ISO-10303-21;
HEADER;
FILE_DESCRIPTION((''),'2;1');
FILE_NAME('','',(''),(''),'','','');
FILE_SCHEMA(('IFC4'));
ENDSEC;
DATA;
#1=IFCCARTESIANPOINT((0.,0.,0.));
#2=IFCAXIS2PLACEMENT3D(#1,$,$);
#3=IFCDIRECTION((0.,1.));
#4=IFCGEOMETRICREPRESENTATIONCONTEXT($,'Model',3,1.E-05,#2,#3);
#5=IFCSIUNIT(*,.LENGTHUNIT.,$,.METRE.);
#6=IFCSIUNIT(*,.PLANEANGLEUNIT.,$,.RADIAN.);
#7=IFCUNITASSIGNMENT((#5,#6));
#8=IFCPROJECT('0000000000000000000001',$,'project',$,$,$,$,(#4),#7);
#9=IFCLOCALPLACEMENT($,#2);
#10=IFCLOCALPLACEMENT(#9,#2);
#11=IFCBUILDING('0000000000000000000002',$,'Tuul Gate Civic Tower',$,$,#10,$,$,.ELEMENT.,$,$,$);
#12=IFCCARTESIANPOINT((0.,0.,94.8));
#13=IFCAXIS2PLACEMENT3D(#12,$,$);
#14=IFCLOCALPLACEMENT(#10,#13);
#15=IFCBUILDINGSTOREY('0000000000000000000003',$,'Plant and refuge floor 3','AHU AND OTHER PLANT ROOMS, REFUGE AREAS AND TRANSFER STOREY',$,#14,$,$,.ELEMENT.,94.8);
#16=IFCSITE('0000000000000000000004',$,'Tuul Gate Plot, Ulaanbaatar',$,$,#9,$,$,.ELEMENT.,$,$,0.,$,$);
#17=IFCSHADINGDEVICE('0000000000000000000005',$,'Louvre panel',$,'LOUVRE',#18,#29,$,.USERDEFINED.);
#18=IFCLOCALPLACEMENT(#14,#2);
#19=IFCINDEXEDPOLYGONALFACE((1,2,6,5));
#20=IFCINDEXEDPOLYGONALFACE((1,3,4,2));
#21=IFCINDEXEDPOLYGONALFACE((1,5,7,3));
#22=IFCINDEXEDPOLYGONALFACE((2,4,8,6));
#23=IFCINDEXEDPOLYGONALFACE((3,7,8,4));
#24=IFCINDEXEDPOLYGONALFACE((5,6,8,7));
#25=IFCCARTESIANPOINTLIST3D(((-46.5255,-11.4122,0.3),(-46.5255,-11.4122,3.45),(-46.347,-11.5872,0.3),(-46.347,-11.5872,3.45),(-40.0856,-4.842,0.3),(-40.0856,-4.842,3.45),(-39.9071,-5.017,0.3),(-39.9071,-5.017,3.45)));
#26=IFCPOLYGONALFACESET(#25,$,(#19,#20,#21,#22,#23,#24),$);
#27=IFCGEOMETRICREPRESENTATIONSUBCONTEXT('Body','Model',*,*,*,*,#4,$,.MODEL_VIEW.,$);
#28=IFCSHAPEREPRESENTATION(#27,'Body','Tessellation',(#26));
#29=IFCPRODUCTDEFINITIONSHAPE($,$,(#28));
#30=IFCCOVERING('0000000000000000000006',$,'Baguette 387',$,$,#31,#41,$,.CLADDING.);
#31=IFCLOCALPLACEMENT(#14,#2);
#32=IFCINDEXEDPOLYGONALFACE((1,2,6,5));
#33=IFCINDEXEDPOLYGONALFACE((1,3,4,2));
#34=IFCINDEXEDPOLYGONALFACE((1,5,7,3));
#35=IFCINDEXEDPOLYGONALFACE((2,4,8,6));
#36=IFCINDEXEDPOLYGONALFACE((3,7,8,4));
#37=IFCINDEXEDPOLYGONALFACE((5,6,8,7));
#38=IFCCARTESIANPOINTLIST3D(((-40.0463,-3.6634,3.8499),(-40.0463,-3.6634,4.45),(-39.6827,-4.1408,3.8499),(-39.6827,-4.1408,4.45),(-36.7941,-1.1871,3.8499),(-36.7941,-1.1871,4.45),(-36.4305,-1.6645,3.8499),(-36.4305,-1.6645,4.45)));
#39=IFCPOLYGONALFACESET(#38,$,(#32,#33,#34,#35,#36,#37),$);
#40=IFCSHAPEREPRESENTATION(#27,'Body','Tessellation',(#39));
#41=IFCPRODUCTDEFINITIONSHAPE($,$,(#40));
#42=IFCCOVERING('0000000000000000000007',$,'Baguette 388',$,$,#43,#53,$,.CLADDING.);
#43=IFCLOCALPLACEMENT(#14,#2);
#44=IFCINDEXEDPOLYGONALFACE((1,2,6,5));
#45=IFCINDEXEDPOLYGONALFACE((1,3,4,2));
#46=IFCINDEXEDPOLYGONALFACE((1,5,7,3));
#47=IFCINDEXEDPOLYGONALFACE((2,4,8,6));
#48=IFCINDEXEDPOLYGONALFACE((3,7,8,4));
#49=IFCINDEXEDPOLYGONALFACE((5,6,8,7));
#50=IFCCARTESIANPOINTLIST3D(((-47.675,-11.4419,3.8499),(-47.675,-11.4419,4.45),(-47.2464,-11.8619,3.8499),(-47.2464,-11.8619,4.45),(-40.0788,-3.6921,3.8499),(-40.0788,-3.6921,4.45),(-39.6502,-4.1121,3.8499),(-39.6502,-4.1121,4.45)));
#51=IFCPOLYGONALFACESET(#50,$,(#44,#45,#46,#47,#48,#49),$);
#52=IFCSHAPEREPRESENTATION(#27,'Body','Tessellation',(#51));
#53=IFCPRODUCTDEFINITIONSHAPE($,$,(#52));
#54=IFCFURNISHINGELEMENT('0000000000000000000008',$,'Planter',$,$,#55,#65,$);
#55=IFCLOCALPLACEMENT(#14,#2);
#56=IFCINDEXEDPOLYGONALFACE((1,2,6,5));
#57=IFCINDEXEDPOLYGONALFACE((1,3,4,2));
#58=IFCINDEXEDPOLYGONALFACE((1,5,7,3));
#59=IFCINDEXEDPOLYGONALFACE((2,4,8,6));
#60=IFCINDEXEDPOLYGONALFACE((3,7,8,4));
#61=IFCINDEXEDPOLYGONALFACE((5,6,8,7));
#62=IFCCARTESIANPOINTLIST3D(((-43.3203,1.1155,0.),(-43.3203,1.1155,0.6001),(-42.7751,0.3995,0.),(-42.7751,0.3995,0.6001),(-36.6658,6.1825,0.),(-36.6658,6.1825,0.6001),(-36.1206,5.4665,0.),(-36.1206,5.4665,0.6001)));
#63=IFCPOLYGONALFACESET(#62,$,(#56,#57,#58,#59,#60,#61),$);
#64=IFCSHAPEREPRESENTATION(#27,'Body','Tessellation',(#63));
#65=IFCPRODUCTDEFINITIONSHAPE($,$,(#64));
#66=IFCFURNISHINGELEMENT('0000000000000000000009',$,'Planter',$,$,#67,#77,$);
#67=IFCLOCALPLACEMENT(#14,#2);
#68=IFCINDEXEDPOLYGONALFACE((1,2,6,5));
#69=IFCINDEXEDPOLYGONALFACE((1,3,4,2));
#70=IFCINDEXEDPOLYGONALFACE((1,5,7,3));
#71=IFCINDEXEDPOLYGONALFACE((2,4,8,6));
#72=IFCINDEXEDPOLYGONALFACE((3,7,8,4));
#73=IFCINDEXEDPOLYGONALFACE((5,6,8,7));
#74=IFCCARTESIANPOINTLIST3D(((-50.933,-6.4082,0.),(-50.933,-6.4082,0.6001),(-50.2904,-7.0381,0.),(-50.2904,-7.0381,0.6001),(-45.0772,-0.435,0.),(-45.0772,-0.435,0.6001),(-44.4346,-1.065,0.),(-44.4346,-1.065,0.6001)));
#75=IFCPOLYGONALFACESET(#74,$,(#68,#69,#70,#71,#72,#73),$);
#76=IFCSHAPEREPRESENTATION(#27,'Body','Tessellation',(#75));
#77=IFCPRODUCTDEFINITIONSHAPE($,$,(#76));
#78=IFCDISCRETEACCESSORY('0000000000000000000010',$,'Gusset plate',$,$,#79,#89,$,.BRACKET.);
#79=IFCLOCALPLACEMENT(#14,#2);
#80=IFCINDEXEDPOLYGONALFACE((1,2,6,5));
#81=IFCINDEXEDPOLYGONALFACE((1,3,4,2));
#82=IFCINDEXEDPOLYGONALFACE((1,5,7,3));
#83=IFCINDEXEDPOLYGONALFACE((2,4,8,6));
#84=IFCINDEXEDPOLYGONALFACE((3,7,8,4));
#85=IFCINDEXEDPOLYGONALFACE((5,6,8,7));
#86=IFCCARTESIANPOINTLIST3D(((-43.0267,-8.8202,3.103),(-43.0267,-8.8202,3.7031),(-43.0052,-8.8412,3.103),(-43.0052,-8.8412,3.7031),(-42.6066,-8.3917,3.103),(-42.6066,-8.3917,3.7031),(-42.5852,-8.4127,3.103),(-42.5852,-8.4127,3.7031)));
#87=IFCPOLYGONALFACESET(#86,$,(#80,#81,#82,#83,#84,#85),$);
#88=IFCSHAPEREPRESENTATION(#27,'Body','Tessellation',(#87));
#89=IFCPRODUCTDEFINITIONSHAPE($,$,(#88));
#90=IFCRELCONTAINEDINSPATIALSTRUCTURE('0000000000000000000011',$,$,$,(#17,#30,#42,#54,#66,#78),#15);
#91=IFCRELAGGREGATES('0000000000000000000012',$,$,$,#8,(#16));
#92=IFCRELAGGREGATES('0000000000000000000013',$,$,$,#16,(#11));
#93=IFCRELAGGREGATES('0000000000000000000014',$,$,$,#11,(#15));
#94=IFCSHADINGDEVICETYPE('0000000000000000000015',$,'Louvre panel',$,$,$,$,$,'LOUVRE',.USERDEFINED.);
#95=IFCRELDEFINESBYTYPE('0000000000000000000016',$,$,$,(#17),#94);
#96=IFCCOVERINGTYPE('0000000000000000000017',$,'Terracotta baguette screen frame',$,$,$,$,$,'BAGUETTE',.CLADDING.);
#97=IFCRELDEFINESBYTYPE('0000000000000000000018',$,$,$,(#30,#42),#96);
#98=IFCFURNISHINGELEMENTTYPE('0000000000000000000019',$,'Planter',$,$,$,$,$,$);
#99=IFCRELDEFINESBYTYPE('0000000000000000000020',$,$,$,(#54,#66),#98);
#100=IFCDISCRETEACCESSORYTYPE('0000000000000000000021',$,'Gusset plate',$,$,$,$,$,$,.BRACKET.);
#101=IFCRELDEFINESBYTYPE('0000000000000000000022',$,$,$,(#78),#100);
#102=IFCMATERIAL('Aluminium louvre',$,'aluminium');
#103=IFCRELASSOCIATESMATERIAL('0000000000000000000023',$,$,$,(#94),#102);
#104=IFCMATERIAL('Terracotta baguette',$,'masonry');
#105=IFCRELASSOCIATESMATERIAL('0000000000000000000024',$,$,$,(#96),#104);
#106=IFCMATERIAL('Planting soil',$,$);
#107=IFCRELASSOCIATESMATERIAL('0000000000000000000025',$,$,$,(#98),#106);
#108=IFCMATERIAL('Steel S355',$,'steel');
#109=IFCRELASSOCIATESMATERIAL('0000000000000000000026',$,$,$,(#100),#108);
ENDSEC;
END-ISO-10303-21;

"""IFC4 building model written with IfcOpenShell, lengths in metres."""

from ifc_helpers import new_model, si_unit, direction, frame, origin, origin_2d, place, context, subcontext, project, spatial, rectangle, extrude, material, material_profile, profile_set, type_object, element, save


model = new_model("IFC4")

# Units and contexts
model_context = context("Model", 3, precision=1e-05, world=origin(), true_north=direction((0.0, 1.0)))
body_context = subcontext(model_context, "Body", "Model", "MODEL_VIEW")
ifc_project = project(units=[si_unit("LENGTHUNIT", "METRE"), si_unit("PLANEANGLEUNIT", "RADIAN")], contexts=[model_context])

# Site, building, storey
site_placement = place(None, origin())
site = spatial("IfcSite", under=ifc_project, at=site_placement, Name="Tuul Gate Plot, Ulaanbaatar", CompositionType="ELEMENT", RefElevation=0.0)
building_placement = place(site_placement, origin())
building = spatial("IfcBuilding", under=site, at=building_placement, Name="Tuul Gate Civic Tower", CompositionType="ELEMENT")
storey_placement = place(building_placement, frame((0.0, 0.0, 94.8)))
storey = spatial("IfcBuildingStorey", under=building, at=storey_placement, Name="Plant and refuge floor 3", Description="AHU AND OTHER PLANT ROOMS, REFUGE AREAS AND TRANSFER STOREY", CompositionType="ELEMENT", Elevation=94.8)

# Shading device
ifc_material_1 = material(Name="Aluminium louvre", Category="aluminium")
shading_device_type = type_object("IfcShadingDeviceType", Name="Louvre panel", ElementType="LOUVRE", PredefinedType="USERDEFINED", material=ifc_material_1)
shading_device_placement = place(storey_placement, frame((-43.2163, -8.2146, 0.3), z_axis=(0.0, 0.0, 1.0), x_axis=(-0.714146, 0.699997, 0.0)))
element("IfcShadingDevice", 1, at=shading_device_placement, inside=storey, type_object=shading_device_type, Name="Louvre panel", ObjectType="LOUVRE", PredefinedType="USERDEFINED", context=body_context, shape_type="SweptSolid", body=[
    extrude(rectangle(XDim=0.25, YDim=9.2, at=origin_2d()), origin(), (0.0, 0.0, 1.0), 3.1499),
])

# Coverings
ifc_material_2 = material(Name="Terracotta baguette", Category="masonry")
ifc_material_profile_1 = material_profile(ifc_material_2, rectangle(XDim=0.6001, YDim=0.6001, at=origin_2d()), Name="Terracotta baguette screen frame")
ifc_profile_set_1 = profile_set([ifc_material_profile_1], Name="Terracotta baguette")
covering_type = type_object("IfcCoveringType", Name="Terracotta baguette screen frame", ElementType="BAGUETTE", PredefinedType="CLADDING", material=ifc_profile_set_1)
covering_1_placement = place(storey_placement, frame((-36.6123, -1.4258, 4.1499), z_axis=(-0.795614, -0.605804, 0.0), x_axis=(0.605804, -0.795614, 0.0)))
element("IfcCovering", 2, at=covering_1_placement, inside=storey, type_object=covering_type, Name="Baguette 387", PredefinedType="CLADDING", context=body_context, shape_type="SweptSolid", body=[
    extrude(rectangle(XDim=0.6001, YDim=0.6001, at=origin_2d()), origin(), (0.0, 0.0, 1.0), 4.0876),
])
covering_2_placement = place(storey_placement, frame((-39.8645, -3.9021, 4.1499), z_axis=(-0.699996, -0.714147, 0.0), x_axis=(0.714147, -0.699996, 0.0)))
element("IfcCovering", 3, at=covering_2_placement, inside=storey, type_object=covering_type, Name="Baguette 388", PredefinedType="CLADDING", context=body_context, shape_type="SweptSolid", body=[
    extrude(rectangle(XDim=0.6001, YDim=0.6001, at=origin_2d()), origin(), (0.0, 0.0, 1.0), 10.8518),
])

# Furnishing elements
ifc_material_3 = material(Name="Planting soil")
furnishing_element_type = type_object("IfcFurnishingElementType", Name="Planter", material=ifc_material_3)
furnishing_1_placement = place(storey_placement, frame((-39.7205, 3.291, 0.0), z_axis=(0.0, 0.0, 1.0), x_axis=(-0.795609, -0.605811, 0.0)))
element("IfcFurnishingElement", 4, at=furnishing_1_placement, inside=storey, type_object=furnishing_element_type, Name="Planter", context=body_context, shape_type="SweptSolid", body=[
    extrude(rectangle(XDim=8.364, YDim=0.8999, at=origin_2d()), origin(), (0.0, 0.0, 1.0), 0.6001),
])
furnishing_2_placement = place(storey_placement, frame((-47.6838, -3.7366, 0.0), z_axis=(0.0, 0.0, 1.0), x_axis=(-0.700058, -0.714086, 0.0)))
element("IfcFurnishingElement", 5, at=furnishing_2_placement, inside=storey, type_object=furnishing_element_type, Name="Planter", context=body_context, shape_type="SweptSolid", body=[
    extrude(rectangle(XDim=8.3647, YDim=0.8999, at=origin_2d()), origin(), (0.0, 0.0, 1.0), 0.6001),
])

# Discrete accessory
ifc_material_4 = material(Name="Steel S355", Category="steel")
discrete_accessory_type = type_object("IfcDiscreteAccessoryType", Name="Gusset plate", PredefinedType="BRACKET", material=ifc_material_4)
discrete_accessory_placement = place(storey_placement, frame((-42.8059, -8.6165, 3.103), z_axis=(0.0, 0.0, 1.0), x_axis=(0.7, 0.714143, 0.0)))
element("IfcDiscreteAccessory", 6, at=discrete_accessory_placement, inside=storey, type_object=discrete_accessory_type, Name="Gusset plate", PredefinedType="BRACKET", context=body_context, shape_type="SweptSolid", body=[
    extrude(rectangle(XDim=0.6001, YDim=0.03, at=origin_2d()), origin(), (0.0, 0.0, 1.0), 0.6001),
])

save(model, "model.ifc")
